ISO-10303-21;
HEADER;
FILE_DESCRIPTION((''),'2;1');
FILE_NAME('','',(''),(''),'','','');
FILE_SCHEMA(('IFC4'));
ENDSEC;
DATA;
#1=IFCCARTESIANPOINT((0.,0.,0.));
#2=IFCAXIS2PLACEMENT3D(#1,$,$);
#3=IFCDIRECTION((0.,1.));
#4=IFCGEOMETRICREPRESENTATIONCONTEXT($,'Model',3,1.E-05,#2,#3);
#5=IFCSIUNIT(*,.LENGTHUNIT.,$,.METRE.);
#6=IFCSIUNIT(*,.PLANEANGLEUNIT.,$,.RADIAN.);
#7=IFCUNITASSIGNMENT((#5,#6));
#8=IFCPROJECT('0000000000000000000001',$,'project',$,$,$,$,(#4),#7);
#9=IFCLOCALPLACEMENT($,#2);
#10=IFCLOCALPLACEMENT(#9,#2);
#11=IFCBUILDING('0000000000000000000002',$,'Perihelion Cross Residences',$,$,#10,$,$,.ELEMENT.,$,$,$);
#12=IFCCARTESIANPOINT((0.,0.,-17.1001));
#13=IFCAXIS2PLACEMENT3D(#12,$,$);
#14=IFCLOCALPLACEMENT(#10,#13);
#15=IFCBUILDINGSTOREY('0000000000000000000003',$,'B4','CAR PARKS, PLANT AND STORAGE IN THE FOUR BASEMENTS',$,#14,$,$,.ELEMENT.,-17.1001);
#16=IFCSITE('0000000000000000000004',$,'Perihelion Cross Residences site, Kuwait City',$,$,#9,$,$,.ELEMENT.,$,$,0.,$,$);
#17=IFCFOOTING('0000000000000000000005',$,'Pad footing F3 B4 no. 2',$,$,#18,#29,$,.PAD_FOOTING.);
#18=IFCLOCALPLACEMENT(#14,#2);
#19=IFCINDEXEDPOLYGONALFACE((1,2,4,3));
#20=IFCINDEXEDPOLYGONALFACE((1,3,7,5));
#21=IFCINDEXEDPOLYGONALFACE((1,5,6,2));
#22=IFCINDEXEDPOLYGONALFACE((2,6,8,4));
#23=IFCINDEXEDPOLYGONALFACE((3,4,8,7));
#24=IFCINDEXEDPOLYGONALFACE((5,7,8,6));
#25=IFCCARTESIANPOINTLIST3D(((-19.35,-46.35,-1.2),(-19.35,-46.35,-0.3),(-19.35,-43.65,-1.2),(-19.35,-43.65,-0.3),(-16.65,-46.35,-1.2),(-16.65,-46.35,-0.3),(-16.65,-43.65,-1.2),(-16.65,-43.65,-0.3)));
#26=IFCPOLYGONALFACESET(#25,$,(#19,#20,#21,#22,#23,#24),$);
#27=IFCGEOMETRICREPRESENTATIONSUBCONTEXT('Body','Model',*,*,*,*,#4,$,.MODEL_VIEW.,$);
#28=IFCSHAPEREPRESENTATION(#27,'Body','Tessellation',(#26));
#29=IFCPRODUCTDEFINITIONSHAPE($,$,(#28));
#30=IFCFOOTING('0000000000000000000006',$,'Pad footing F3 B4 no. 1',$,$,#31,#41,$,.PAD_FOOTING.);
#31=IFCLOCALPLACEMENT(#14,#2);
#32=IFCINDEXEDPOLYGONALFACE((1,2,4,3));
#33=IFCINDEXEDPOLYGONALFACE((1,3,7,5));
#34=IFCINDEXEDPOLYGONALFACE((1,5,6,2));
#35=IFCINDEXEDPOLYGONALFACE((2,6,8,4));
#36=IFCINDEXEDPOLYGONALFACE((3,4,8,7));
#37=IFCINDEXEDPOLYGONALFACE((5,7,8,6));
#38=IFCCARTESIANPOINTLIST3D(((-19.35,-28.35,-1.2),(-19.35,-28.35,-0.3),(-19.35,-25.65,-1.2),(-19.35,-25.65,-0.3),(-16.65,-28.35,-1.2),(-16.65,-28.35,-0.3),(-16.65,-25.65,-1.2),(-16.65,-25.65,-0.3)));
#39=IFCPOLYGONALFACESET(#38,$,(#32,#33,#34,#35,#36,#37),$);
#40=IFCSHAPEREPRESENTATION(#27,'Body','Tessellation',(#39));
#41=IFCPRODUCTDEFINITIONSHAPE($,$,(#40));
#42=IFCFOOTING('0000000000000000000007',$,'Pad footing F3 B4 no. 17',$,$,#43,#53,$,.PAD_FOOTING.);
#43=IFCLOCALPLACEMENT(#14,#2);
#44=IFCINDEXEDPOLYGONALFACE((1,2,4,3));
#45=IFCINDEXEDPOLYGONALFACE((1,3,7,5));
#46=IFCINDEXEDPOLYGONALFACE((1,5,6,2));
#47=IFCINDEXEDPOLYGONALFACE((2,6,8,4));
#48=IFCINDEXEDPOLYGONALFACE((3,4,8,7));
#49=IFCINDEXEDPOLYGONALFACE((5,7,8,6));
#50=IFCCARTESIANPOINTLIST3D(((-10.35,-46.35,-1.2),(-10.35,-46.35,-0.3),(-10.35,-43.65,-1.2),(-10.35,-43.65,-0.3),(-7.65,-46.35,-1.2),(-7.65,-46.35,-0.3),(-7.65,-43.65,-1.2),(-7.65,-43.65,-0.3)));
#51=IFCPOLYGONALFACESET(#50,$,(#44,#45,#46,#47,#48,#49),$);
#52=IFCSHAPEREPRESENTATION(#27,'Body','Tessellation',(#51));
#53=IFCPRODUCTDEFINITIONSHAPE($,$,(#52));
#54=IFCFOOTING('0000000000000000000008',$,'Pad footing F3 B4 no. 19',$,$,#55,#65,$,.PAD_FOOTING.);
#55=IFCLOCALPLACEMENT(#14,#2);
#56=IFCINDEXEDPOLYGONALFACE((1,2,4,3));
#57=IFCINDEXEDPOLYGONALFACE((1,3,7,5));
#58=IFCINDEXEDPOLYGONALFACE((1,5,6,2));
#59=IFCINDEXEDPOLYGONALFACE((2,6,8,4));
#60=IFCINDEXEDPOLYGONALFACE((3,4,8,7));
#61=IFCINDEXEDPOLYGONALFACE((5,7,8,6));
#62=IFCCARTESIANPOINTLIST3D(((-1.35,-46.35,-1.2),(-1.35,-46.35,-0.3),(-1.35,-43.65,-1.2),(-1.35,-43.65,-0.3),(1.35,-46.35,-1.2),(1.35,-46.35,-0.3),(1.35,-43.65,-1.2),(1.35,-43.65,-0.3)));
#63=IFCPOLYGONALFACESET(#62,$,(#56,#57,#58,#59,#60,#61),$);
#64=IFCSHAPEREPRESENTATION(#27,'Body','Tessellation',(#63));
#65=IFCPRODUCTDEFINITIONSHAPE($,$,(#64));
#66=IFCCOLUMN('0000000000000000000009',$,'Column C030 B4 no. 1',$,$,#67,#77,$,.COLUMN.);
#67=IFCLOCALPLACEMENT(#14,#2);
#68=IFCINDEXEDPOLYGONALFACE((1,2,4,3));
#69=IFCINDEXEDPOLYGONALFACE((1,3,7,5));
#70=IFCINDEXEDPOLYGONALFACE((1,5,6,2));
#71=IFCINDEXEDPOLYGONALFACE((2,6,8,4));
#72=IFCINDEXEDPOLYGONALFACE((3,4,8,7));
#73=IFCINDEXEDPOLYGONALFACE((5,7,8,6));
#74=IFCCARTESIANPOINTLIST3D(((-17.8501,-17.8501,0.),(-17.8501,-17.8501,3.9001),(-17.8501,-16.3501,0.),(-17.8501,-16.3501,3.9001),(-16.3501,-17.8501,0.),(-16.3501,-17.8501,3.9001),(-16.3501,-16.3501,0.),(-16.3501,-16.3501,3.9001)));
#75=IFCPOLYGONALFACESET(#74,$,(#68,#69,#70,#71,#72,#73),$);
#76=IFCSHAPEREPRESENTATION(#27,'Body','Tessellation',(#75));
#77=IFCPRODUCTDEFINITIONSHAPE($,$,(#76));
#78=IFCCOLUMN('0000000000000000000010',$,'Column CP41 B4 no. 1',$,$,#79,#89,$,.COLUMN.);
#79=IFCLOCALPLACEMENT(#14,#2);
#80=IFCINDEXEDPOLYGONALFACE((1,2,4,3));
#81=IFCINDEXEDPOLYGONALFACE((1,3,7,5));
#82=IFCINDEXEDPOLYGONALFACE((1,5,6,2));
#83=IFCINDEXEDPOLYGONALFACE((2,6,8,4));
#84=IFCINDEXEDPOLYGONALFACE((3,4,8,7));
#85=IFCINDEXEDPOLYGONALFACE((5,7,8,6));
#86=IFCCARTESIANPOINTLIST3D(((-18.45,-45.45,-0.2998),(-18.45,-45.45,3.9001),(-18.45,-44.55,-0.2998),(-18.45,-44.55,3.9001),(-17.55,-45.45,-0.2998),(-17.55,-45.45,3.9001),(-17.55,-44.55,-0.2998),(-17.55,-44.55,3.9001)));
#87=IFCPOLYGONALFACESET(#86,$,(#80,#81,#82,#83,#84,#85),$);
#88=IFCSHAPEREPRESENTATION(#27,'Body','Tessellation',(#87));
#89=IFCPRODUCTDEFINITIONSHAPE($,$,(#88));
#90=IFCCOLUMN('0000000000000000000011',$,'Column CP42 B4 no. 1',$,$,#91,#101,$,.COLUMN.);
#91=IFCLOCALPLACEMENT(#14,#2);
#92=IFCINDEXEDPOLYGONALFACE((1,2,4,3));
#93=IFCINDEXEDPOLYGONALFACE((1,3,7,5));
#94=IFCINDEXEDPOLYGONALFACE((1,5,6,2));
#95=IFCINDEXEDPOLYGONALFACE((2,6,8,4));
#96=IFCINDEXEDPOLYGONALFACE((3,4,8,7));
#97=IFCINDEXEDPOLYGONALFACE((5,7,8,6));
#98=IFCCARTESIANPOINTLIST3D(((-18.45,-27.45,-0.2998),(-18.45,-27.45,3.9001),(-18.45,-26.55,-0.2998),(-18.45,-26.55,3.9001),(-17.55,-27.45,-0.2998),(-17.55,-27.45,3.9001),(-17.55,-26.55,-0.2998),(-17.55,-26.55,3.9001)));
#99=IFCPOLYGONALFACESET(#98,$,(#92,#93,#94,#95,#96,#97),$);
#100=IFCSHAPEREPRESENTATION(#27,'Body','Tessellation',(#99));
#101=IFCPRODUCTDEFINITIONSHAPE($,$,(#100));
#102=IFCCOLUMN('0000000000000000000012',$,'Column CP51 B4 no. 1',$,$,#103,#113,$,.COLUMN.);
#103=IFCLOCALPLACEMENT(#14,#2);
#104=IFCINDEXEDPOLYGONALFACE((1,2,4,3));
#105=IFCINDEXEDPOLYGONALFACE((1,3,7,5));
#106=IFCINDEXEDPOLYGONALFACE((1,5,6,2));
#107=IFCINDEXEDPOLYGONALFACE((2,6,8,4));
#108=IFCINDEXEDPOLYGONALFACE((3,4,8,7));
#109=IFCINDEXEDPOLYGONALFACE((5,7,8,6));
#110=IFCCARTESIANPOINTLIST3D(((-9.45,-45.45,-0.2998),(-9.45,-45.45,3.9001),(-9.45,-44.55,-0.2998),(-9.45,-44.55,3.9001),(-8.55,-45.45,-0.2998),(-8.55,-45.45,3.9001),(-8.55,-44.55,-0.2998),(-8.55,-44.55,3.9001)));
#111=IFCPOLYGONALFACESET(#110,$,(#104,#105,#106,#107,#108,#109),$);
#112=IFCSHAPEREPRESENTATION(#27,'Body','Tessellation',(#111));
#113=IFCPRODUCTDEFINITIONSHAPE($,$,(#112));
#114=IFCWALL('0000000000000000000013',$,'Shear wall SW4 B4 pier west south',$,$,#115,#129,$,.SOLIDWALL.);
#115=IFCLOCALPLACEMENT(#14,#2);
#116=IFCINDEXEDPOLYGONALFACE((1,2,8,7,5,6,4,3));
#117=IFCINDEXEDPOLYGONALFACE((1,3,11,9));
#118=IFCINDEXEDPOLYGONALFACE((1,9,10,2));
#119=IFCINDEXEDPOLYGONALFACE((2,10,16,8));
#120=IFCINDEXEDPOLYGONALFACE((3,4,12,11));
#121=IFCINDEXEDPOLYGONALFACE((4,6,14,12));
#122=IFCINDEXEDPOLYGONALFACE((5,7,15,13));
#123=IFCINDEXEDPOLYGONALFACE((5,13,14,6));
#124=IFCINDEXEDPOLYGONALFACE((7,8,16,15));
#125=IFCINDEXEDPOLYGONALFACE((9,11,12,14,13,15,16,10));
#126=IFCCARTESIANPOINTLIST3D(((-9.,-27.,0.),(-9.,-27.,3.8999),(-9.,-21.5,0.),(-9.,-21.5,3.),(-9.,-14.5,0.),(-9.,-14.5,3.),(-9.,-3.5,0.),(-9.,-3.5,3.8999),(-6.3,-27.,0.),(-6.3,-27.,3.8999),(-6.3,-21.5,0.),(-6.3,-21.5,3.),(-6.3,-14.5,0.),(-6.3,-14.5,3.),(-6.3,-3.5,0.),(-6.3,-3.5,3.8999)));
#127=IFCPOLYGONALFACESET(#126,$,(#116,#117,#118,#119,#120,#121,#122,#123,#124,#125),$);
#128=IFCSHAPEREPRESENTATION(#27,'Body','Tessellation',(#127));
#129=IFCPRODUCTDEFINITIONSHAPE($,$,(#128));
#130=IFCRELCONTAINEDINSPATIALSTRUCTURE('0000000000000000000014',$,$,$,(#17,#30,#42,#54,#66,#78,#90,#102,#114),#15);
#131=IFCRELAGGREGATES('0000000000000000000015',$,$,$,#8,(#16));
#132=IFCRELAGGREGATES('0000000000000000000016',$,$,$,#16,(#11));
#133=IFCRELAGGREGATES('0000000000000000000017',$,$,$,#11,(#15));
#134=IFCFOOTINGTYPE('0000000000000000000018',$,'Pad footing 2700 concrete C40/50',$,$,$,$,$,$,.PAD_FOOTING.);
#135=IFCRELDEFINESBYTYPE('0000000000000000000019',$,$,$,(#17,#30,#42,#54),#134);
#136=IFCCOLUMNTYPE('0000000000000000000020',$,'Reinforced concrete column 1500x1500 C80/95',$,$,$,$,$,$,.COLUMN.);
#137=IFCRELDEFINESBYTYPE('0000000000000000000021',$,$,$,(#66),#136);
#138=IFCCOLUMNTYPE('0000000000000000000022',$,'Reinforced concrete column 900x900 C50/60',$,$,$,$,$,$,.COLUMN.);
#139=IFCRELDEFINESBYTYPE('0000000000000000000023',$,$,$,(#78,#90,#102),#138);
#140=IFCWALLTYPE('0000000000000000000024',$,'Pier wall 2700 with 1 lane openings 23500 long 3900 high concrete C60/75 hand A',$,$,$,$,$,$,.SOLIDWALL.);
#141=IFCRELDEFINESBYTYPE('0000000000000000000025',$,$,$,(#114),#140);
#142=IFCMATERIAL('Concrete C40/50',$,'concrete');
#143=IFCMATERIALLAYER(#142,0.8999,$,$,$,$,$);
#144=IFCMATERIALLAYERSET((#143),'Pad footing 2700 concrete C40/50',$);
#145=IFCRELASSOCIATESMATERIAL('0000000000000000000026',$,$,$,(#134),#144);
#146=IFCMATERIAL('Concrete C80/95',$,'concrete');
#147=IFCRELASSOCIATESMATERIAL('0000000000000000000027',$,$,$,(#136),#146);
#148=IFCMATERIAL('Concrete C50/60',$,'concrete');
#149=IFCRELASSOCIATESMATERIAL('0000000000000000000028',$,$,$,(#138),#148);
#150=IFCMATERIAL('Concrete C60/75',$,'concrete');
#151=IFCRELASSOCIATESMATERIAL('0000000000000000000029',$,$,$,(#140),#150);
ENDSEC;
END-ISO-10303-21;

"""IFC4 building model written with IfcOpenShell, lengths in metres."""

from ifc_helpers import new_model, si_unit, direction, frame, origin, origin_2d, place, context, subcontext, project, spatial, polyline, rectangle, outline, extrude, material, layer, layer_set, material_profile, profile_set, type_object, element, save


model = new_model("IFC4")

# Units and contexts
model_context = context("Model", 3, precision=1e-05, world=origin(), true_north=direction((0.0, 1.0)))
body_context = subcontext(model_context, "Body", "Model", "MODEL_VIEW")
ifc_project = project(units=[si_unit("LENGTHUNIT", "METRE"), si_unit("PLANEANGLEUNIT", "RADIAN")], contexts=[model_context])

# Site, building, storey
site_placement = place(None, origin())
site = spatial("IfcSite", under=ifc_project, at=site_placement, Name="Perihelion Cross Residences site, Kuwait City", CompositionType="ELEMENT", RefElevation=0.0)
building_placement = place(site_placement, origin())
building = spatial("IfcBuilding", under=site, at=building_placement, Name="Perihelion Cross Residences", CompositionType="ELEMENT")
storey_placement = place(building_placement, frame((0.0, 0.0, -17.1001)))
storey = spatial("IfcBuildingStorey", under=building, at=storey_placement, Name="B4", Description="CAR PARKS, PLANT AND STORAGE IN THE FOUR BASEMENTS", CompositionType="ELEMENT", Elevation=-17.1001)

# Footings
ifc_material_1 = material(Name="Concrete C40/50", Category="concrete")
ifc_layer = layer(ifc_material_1, 0.8999)
ifc_layer_set = layer_set([ifc_layer], Name="Pad footing 2700 concrete C40/50")
footing_type = type_object("IfcFootingType", Name="Pad footing 2700 concrete C40/50", PredefinedType="PAD_FOOTING", material=ifc_layer_set)
for number, where, z_axis, x_axis, name in (
    (1, (-18.0, -45.0, -1.2), (0.0, 0.0, 1.0), (1.0, 0.0, 0.0), "Pad footing F3 B4 no. 2"),
    (2, (-18.0, -27.0, -1.2), (0.0, 0.0, 1.0), (1.0, 0.0, 0.0), "Pad footing F3 B4 no. 1"),
    (3, (-9.0, -45.0, -1.2), (0.0, 0.0, 1.0), (1.0, 0.0, 0.0), "Pad footing F3 B4 no. 17"),
    (4, (0.0, -45.0, -1.2), (0.0, 0.0, 1.0), (1.0, 0.0, 0.0), "Pad footing F3 B4 no. 19"),
):
    element("IfcFooting", number, at=place(storey_placement, frame(where, z_axis=z_axis, x_axis=x_axis)), inside=storey, type_object=footing_type, Name=name, PredefinedType="PAD_FOOTING", context=body_context, shape_type="SweptSolid", body=[
        extrude(rectangle(XDim=2.7, YDim=2.7, at=origin_2d()), origin(), (0.0, 0.0, 1.0), 0.8999),
    ])

# Columns
ifc_material_2 = material(Name="Concrete C80/95", Category="concrete")
ifc_material_profile_1 = material_profile(ifc_material_2, rectangle(XDim=1.5, YDim=1.5, at=origin_2d()), Name="RC 1500x1500")
ifc_profile_set_1 = profile_set([ifc_material_profile_1], Name="Concrete C80/95")
column_type_1 = type_object("IfcColumnType", Name="Reinforced concrete column 1500x1500 C80/95", PredefinedType="COLUMN", material=ifc_profile_set_1)
column_placement = place(storey_placement, frame((-17.1001, -17.1001, 0.0), z_axis=(0.0, 0.0, 1.0), x_axis=(1.0, 0.0, 0.0)))
element("IfcColumn", 5, at=column_placement, inside=storey, type_object=column_type_1, Name="Column C030 B4 no. 1", PredefinedType="COLUMN", context=body_context, shape_type="SweptSolid", body=[
    extrude(rectangle(XDim=1.5, YDim=1.5, at=origin_2d()), origin(), (0.0, 0.0, 1.0), 3.9001),
])
ifc_material_3 = material(Name="Concrete C50/60", Category="concrete")
ifc_material_profile_2 = material_profile(ifc_material_3, rectangle(XDim=0.8999, YDim=0.8999, at=origin_2d()), Name="RC 900x900")
ifc_profile_set_2 = profile_set([ifc_material_profile_2], Name="Concrete C50/60")
column_type_2 = type_object("IfcColumnType", Name="Reinforced concrete column 900x900 C50/60", PredefinedType="COLUMN", material=ifc_profile_set_2)
for number, where, z_axis, x_axis, name in (
    (6, (-18.0, -45.0, -0.2998), (0.0, 0.0, 1.0), (1.0, 0.0, 0.0), "Column CP41 B4 no. 1"),
    (7, (-18.0, -27.0, -0.2998), (0.0, 0.0, 1.0), (1.0, 0.0, 0.0), "Column CP42 B4 no. 1"),
    (8, (-9.0, -45.0, -0.2998), (0.0, 0.0, 1.0), (1.0, 0.0, 0.0), "Column CP51 B4 no. 1"),
):
    element("IfcColumn", number, at=place(storey_placement, frame(where, z_axis=z_axis, x_axis=x_axis)), inside=storey, type_object=column_type_2, Name=name, PredefinedType="COLUMN", context=body_context, shape_type="SweptSolid", body=[
        extrude(rectangle(XDim=0.8999, YDim=0.8999, at=origin_2d()), origin(), (0.0, 0.0, 1.0), 4.2),
    ])

# Wall
ifc_material_4 = material(Name="Concrete C60/75", Category="concrete")
ifc_material_profile_3 = material_profile(ifc_material_4, outline(polyline([(0.0, 0.0), (5.5, 0.0), (5.5, 3.0), (12.5, 3.0), (12.5, 0.0), (23.5, 0.0), (23.5, 3.8999), (0.0, 3.8999), (0.0, 0.0)])), Name="Pier wall")
ifc_profile_set_3 = profile_set([ifc_material_profile_3], Name="Concrete C60/75")
wall_type = type_object("IfcWallType", Name="Pier wall 2700 with 1 lane openings 23500 long 3900 high concrete C60/75 hand A", PredefinedType="SOLIDWALL", material=ifc_profile_set_3)
wall_placement = place(storey_placement, frame((-9.0, -27.0, 0.0), z_axis=(1.0, 0.0, 0.0), x_axis=(0.0, 1.0, 0.0)))
element("IfcWall", 9, at=wall_placement, inside=storey, type_object=wall_type, Name="Shear wall SW4 B4 pier west south", PredefinedType="SOLIDWALL", context=body_context, shape_type="SweptSolid", body=[
    extrude(outline(polyline([(0.0, 0.0), (5.5, 0.0), (5.5, 3.0), (12.5, 3.0), (12.5, 0.0), (23.5, 0.0), (23.5, 3.8999), (0.0, 3.8999), (0.0, 0.0)])), origin(), (0.0, 0.0, 1.0), 2.7),
])

save(model, "model.ifc")
